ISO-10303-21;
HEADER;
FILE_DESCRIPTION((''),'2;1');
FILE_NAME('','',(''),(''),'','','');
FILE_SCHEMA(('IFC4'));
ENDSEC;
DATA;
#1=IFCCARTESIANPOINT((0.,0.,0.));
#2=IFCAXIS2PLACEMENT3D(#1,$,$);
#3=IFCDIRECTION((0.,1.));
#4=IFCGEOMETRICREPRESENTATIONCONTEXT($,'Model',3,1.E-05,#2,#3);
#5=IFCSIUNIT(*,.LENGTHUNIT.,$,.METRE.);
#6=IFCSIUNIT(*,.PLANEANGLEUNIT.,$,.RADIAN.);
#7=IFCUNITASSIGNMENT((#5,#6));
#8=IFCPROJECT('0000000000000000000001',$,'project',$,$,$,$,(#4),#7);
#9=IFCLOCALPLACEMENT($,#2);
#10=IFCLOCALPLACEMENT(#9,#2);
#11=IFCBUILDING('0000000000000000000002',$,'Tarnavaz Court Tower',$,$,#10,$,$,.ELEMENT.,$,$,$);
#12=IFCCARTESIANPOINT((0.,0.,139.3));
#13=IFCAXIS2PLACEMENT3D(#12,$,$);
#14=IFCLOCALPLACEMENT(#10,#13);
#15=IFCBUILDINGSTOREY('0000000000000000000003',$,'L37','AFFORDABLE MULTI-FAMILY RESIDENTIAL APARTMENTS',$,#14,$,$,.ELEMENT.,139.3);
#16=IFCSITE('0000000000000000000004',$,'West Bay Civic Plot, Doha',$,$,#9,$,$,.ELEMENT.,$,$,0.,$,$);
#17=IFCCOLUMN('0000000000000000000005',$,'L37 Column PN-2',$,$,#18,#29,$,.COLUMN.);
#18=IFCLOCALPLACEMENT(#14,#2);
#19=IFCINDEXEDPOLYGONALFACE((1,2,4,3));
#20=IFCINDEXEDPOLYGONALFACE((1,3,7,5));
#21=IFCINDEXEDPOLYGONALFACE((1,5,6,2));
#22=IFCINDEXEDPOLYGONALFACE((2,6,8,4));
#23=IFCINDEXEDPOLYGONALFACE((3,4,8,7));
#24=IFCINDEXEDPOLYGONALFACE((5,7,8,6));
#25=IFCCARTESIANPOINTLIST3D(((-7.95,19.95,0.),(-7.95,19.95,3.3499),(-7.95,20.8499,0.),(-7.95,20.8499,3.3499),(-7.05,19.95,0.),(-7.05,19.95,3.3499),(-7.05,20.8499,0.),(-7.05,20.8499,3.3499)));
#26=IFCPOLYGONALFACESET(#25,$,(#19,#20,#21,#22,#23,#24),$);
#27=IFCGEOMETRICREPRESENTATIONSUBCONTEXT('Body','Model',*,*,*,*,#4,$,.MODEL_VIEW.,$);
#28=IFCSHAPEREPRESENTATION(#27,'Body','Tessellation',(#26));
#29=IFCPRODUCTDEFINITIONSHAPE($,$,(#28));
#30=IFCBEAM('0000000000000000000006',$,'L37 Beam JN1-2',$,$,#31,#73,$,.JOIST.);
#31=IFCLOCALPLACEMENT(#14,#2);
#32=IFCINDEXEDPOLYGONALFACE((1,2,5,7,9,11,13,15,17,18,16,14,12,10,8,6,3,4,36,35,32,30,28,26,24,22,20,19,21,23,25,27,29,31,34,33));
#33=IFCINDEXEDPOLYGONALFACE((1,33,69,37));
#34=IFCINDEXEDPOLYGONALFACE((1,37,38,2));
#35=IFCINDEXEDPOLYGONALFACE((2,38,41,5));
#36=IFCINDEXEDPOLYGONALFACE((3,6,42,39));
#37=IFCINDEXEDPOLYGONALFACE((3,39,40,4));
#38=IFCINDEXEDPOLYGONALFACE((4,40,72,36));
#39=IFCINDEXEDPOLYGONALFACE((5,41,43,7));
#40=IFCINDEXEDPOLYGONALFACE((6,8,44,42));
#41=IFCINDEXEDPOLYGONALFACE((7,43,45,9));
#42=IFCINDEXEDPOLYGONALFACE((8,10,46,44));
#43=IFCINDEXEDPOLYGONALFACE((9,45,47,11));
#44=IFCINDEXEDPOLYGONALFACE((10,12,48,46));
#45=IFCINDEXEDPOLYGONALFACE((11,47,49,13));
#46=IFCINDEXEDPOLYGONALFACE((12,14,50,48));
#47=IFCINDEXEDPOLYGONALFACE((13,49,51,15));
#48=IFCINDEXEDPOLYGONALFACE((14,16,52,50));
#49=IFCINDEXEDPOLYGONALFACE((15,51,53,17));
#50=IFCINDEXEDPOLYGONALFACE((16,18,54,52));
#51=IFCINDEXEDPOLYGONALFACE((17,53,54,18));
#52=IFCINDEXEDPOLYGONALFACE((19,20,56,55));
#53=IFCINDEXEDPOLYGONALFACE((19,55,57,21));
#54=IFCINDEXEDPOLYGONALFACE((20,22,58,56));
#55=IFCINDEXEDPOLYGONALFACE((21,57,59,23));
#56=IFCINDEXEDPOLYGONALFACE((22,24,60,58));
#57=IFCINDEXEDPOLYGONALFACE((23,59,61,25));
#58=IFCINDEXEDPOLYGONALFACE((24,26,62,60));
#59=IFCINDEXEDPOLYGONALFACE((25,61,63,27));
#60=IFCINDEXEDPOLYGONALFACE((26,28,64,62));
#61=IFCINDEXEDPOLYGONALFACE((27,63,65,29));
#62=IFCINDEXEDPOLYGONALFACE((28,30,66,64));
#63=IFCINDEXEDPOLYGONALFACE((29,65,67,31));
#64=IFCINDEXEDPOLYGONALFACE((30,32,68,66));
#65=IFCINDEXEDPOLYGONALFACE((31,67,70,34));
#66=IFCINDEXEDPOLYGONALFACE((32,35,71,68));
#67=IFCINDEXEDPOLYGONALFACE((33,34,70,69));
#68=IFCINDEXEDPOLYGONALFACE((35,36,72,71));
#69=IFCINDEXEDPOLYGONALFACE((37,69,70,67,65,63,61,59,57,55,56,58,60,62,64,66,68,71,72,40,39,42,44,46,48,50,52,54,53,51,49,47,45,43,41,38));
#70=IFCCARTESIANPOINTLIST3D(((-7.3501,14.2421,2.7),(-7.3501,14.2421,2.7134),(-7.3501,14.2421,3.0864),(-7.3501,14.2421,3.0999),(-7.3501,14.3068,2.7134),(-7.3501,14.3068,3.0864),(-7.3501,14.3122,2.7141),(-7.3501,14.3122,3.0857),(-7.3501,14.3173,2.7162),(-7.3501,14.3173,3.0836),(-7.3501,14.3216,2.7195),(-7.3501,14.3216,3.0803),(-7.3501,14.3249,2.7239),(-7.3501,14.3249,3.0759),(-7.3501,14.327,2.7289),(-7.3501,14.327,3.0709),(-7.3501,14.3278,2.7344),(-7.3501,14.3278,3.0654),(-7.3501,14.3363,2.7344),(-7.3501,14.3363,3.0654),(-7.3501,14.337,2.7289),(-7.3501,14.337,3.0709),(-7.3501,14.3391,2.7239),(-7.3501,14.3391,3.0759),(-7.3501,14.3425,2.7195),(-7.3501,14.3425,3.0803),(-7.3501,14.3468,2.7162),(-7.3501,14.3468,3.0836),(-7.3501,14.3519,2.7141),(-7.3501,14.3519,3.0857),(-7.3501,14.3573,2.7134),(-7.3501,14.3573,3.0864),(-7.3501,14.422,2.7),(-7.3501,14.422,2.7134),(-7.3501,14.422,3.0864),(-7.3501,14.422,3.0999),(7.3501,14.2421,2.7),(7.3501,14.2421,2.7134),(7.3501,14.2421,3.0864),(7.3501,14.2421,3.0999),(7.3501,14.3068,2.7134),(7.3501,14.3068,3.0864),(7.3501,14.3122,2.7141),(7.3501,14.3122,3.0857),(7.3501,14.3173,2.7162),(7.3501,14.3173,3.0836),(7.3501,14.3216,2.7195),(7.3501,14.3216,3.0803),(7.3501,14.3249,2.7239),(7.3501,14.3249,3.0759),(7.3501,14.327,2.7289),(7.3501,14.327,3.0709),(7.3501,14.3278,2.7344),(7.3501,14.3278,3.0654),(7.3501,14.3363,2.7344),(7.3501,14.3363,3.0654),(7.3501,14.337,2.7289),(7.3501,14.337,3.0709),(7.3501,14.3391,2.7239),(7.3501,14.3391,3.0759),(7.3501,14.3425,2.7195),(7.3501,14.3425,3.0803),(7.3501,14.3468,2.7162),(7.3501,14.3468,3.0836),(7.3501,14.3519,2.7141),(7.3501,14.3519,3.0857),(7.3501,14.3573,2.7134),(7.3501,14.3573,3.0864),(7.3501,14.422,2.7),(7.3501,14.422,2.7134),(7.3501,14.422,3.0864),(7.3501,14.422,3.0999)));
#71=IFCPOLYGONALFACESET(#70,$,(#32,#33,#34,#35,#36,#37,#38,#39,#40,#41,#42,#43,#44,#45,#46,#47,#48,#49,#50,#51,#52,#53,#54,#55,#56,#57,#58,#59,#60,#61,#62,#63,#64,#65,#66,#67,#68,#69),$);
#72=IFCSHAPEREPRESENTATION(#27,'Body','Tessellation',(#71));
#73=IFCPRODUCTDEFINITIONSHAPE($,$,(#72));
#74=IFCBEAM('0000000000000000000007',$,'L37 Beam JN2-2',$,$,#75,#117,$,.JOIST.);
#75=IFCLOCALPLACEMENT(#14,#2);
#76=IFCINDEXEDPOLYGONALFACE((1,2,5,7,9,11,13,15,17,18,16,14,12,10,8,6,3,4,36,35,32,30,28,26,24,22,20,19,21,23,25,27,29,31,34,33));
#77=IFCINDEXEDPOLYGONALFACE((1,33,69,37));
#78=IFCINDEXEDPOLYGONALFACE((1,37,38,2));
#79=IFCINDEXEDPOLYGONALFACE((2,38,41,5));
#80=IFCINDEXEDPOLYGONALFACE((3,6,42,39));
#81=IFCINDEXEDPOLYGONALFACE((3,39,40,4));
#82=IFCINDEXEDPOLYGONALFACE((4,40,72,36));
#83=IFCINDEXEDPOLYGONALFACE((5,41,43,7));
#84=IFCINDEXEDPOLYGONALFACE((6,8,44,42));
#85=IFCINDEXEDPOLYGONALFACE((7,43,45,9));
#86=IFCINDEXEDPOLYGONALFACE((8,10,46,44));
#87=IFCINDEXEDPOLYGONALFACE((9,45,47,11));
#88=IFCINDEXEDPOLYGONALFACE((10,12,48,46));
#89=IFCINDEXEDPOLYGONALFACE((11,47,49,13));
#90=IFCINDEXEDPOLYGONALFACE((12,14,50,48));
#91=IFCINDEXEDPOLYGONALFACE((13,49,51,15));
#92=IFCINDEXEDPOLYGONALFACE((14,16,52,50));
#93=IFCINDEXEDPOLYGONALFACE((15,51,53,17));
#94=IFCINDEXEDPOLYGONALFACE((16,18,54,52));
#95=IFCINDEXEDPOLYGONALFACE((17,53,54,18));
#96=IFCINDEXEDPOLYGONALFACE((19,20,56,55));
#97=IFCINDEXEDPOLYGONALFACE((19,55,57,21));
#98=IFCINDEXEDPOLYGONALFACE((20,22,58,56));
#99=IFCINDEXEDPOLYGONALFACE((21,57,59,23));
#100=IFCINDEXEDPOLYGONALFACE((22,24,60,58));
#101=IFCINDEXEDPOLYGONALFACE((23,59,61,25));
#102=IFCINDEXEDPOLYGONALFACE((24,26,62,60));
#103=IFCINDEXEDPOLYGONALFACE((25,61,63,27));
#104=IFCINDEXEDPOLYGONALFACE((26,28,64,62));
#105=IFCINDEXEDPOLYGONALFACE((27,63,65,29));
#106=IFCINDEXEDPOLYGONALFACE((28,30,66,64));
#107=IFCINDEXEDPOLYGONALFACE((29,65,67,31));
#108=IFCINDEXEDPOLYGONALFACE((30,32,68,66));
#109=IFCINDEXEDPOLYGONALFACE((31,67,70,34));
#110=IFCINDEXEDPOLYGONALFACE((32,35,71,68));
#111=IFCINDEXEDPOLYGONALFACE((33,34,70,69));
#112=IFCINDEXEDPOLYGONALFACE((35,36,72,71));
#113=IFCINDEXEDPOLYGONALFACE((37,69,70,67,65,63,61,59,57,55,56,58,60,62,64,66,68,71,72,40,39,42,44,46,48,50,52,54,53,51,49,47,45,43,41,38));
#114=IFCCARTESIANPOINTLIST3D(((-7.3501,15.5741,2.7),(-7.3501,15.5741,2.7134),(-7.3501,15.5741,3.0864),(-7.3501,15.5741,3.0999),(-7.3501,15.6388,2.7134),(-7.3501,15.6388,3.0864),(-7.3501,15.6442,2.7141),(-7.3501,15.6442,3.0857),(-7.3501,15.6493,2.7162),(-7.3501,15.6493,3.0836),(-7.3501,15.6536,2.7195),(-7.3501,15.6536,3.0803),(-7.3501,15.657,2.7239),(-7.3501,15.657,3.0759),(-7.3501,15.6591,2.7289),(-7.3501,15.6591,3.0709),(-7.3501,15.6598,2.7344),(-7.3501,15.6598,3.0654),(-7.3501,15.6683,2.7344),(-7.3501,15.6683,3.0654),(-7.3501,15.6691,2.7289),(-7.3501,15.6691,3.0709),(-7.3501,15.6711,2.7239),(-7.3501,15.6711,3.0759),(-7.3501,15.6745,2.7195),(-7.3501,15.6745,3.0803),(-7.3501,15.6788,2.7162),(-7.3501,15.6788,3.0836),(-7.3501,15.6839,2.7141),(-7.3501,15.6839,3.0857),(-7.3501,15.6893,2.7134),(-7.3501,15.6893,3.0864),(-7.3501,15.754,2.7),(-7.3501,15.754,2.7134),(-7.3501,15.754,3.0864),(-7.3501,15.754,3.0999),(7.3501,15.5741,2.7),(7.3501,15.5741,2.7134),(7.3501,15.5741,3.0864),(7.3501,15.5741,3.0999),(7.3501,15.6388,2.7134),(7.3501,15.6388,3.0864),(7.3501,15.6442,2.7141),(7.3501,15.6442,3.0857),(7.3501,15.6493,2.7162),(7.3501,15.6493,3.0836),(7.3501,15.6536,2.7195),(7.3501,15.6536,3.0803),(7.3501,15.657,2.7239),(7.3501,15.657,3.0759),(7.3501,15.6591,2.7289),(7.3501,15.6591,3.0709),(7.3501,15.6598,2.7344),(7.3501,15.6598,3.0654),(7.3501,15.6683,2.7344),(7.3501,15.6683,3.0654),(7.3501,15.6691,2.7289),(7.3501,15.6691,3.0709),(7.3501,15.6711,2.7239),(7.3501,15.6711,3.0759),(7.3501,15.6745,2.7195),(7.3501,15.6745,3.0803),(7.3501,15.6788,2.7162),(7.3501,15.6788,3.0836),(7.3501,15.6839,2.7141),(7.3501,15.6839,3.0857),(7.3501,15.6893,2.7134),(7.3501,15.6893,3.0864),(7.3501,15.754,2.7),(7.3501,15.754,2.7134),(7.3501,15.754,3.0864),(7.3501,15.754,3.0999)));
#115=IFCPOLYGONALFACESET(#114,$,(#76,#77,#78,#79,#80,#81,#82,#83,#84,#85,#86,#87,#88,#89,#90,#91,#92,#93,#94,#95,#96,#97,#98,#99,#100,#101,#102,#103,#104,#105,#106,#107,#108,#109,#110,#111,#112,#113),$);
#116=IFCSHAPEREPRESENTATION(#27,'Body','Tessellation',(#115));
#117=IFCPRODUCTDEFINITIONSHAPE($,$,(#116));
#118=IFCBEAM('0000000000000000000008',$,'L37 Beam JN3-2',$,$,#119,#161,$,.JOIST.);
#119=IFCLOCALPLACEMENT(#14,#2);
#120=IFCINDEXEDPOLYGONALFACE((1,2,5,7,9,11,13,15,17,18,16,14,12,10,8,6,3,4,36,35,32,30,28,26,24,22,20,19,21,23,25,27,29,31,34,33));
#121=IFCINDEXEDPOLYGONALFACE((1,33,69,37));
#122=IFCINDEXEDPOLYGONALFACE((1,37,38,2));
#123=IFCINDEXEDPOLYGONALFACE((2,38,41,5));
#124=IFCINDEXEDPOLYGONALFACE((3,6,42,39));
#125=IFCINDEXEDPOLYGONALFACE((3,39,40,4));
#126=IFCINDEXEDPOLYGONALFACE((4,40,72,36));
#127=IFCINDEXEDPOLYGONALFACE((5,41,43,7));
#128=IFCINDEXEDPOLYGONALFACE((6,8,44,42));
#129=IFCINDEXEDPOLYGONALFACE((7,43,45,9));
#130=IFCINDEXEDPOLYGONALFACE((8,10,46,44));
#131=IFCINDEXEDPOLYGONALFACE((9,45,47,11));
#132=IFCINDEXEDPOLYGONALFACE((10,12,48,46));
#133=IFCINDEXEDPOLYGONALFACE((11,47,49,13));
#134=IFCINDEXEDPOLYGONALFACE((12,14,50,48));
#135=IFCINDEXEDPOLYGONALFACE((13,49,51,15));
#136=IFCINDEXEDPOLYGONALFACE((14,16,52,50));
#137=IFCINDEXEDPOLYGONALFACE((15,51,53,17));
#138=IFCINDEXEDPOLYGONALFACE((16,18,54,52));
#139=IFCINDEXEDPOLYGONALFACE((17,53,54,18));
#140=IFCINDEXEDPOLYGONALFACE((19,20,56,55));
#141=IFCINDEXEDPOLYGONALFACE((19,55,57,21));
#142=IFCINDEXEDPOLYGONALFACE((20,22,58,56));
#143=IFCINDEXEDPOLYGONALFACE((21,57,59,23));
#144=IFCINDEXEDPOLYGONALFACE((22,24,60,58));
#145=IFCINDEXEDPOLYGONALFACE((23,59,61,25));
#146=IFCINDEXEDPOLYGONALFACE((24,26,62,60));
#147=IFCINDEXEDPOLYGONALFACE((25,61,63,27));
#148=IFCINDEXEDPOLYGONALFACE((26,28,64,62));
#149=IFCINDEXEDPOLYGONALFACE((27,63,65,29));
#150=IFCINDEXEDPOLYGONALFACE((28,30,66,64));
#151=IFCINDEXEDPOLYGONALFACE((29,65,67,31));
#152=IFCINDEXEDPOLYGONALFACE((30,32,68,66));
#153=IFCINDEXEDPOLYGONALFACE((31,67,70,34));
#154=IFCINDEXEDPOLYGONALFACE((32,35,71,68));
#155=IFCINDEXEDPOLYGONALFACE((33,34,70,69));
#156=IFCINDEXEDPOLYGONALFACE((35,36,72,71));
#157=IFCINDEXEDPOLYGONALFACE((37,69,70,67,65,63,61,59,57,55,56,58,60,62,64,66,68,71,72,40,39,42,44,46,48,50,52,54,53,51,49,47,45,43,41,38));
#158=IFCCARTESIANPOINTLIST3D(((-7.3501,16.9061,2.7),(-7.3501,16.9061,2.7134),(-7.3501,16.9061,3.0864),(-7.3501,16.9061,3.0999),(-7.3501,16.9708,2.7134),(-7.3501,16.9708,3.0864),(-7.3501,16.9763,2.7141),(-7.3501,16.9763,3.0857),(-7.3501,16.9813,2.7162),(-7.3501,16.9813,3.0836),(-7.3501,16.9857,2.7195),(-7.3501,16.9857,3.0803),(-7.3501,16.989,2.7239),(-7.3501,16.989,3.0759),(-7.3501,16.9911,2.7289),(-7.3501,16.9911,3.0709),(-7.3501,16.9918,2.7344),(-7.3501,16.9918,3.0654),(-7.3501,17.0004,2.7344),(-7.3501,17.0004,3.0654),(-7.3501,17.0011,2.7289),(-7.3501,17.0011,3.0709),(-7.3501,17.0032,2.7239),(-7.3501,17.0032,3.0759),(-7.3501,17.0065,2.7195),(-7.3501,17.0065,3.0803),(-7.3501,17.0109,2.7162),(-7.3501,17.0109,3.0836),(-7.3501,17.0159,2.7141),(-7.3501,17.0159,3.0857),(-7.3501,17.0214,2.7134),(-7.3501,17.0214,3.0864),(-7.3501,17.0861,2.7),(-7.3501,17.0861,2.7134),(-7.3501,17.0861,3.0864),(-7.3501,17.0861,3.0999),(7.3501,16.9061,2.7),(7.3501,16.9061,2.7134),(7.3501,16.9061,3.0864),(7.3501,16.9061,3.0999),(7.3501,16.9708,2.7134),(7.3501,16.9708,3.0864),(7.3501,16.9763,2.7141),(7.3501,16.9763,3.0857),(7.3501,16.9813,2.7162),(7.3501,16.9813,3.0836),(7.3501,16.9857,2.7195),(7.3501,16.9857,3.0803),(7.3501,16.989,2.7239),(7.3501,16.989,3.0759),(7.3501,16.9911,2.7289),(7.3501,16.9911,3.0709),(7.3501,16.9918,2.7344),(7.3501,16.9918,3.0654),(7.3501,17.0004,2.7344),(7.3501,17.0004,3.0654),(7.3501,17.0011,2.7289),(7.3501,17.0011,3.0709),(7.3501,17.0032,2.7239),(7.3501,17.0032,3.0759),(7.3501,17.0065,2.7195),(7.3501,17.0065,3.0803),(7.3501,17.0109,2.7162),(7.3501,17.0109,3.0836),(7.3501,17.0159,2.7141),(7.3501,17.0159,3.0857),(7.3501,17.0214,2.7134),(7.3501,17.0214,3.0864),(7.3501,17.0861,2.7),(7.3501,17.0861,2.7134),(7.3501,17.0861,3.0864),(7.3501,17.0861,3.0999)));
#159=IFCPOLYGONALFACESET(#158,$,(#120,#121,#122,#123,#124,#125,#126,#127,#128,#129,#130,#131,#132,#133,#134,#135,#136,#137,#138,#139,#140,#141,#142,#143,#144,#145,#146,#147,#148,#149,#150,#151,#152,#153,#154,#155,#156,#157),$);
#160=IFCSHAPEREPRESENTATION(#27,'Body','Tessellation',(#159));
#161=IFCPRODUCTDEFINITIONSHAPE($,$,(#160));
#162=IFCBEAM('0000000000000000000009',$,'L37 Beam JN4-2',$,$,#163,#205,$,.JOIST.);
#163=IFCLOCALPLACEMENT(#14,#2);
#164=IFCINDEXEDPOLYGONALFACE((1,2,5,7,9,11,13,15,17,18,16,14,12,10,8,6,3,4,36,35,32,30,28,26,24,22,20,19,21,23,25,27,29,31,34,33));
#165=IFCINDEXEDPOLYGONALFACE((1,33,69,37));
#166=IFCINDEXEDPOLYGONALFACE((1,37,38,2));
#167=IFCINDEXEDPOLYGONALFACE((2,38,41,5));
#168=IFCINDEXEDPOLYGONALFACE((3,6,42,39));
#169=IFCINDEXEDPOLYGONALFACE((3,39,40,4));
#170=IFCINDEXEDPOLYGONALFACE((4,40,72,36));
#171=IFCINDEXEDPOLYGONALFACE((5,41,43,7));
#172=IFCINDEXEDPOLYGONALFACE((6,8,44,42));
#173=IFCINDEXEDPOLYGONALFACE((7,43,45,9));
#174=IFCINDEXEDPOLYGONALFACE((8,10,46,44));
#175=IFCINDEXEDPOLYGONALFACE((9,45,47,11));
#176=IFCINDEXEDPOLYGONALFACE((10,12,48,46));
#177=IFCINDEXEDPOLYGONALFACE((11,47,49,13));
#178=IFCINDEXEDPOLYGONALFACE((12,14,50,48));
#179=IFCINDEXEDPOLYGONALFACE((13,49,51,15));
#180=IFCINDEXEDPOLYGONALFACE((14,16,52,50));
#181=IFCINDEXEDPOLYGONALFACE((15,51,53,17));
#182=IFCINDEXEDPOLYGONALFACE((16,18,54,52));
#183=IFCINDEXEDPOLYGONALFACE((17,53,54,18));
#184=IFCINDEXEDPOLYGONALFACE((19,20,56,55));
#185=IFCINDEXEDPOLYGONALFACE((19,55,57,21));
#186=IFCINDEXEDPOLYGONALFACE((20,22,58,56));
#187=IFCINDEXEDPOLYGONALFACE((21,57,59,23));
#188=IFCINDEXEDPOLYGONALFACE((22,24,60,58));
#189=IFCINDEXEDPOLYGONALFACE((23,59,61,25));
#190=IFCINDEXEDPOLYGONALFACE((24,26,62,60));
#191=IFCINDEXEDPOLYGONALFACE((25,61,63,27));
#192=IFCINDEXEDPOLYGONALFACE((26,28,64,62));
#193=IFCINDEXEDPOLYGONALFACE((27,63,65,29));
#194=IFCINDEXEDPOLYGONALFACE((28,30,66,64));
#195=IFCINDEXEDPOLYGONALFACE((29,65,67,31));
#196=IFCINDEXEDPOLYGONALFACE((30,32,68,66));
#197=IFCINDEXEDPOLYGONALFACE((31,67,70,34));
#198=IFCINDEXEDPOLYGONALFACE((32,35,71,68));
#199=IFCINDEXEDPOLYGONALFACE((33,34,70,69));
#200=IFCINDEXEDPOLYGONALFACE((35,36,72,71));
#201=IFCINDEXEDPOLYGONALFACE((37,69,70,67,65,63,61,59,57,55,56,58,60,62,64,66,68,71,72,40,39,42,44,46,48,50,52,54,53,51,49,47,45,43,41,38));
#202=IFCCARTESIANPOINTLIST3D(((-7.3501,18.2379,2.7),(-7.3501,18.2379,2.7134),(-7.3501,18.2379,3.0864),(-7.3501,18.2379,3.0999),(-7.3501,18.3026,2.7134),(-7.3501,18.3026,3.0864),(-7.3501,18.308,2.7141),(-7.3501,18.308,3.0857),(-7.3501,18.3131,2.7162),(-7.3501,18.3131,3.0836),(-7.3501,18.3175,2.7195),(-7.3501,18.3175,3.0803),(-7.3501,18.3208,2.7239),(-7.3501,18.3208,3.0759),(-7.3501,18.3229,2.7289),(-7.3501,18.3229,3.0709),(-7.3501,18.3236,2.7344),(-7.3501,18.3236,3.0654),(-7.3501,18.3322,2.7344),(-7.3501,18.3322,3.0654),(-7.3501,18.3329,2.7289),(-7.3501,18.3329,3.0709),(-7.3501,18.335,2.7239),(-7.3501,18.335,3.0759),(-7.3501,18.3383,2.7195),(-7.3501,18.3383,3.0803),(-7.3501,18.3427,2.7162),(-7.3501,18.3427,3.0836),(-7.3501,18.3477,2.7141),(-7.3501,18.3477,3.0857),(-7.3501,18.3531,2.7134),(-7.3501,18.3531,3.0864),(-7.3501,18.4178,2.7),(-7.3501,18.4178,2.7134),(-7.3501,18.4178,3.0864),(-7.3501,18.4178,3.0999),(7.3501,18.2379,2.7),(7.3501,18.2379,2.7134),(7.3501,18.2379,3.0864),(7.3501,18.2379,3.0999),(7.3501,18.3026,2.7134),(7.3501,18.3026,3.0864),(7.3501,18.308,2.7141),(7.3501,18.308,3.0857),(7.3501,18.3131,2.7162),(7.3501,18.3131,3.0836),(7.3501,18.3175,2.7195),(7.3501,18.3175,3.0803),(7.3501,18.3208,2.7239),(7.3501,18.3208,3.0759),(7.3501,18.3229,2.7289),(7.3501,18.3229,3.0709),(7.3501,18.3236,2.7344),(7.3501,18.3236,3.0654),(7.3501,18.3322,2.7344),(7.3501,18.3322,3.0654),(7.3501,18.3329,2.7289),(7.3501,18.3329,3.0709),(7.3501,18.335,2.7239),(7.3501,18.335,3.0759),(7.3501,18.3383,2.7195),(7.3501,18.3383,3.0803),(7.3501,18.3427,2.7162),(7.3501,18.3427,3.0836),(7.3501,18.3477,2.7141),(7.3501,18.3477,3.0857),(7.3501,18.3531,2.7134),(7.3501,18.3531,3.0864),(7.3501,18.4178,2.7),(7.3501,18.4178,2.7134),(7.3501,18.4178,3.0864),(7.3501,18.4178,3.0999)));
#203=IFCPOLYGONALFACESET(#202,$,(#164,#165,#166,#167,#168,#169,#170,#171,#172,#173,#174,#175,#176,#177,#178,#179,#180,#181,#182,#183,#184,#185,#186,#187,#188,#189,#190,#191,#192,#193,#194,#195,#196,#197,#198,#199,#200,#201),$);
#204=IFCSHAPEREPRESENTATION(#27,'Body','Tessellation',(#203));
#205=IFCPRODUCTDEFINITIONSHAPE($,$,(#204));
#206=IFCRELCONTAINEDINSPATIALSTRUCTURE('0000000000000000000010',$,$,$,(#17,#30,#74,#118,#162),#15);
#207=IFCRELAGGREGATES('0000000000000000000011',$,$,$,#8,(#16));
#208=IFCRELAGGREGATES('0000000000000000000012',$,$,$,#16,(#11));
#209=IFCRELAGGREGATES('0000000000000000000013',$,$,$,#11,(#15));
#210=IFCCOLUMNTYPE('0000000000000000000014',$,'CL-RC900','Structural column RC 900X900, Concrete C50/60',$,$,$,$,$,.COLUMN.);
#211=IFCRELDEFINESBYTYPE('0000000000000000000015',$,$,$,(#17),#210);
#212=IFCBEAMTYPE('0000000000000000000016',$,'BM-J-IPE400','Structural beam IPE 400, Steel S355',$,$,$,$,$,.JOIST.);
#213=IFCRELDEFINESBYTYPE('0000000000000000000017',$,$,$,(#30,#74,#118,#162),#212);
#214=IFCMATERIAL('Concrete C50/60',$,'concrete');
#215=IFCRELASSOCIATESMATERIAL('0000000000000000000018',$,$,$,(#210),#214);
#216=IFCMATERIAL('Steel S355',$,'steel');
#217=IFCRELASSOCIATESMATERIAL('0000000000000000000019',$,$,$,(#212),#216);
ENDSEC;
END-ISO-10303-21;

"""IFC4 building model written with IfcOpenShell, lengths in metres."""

from ifc_helpers import new_model, si_unit, direction, frame, origin, origin_2d, place, context, subcontext, project, spatial, rectangle, i_section, extrude, material, material_profile, profile_set, type_object, element, save


model = new_model("IFC4")

# Units and contexts
model_context = context("Model", 3, precision=1e-05, world=origin(), true_north=direction((0.0, 1.0)))
body_context = subcontext(model_context, "Body", "Model", "MODEL_VIEW")
ifc_project = project(units=[si_unit("LENGTHUNIT", "METRE"), si_unit("PLANEANGLEUNIT", "RADIAN")], contexts=[model_context])

# Site, building, storey
site_placement = place(None, origin())
site = spatial("IfcSite", under=ifc_project, at=site_placement, Name="West Bay Civic Plot, Doha", CompositionType="ELEMENT", RefElevation=0.0)
building_placement = place(site_placement, origin())
building = spatial("IfcBuilding", under=site, at=building_placement, Name="Tarnavaz Court Tower", CompositionType="ELEMENT")
storey_placement = place(building_placement, frame((0.0, 0.0, 139.3)))
storey = spatial("IfcBuildingStorey", under=building, at=storey_placement, Name="L37", Description="AFFORDABLE MULTI-FAMILY RESIDENTIAL APARTMENTS", CompositionType="ELEMENT", Elevation=139.3)

# Column
ifc_material_1 = material(Name="Concrete C50/60", Category="concrete")
ifc_material_profile_1 = material_profile(ifc_material_1, rectangle(XDim=0.8999, YDim=0.8999, at=origin_2d()), Name="RC 900X900")
ifc_profile_set_1 = profile_set([ifc_material_profile_1], Name="Concrete C50/60")
column_type = type_object("IfcColumnType", Name="CL-RC900", Description="Structural column RC 900X900, Concrete C50/60", PredefinedType="COLUMN", material=ifc_profile_set_1)
column_placement = place(storey_placement, frame((-7.5, 20.3999, 0.0), z_axis=(0.0, 0.0, 1.0), x_axis=(1.0, 0.0, 0.0)))
element("IfcColumn", 1, at=column_placement, inside=storey, type_object=column_type, Name="L37 Column PN-2", PredefinedType="COLUMN", context=body_context, shape_type="SweptSolid", body=[
    extrude(rectangle(XDim=0.8999, YDim=0.8999, at=origin_2d()), origin(), (0.0, 0.0, 1.0), 3.3499),
])

# Beams
ifc_material_2 = material(Name="Steel S355", Category="steel")
ifc_material_profile_2 = material_profile(ifc_material_2, i_section(OverallWidth=0.1799, OverallDepth=0.3999, WebThickness=0.0085, FlangeThickness=0.0134, FilletRadius=0.021, at=origin_2d()), Name="IPE 400")
ifc_profile_set_2 = profile_set([ifc_material_profile_2], Name="Steel S355")
beam_type_1 = type_object("IfcBeamType", Name="BM-J-IPE400", Description="Structural beam IPE 400, Steel S355", PredefinedType="JOIST", material=ifc_profile_set_2)
for number, where, z_axis, x_axis, name in (
    (2, (-7.3501, 14.332, 2.8999), (1.0, 0.0, 0.0), (0.0, 1.0, 0.0), "L37 Beam JN1-2"),
    (3, (-7.3501, 15.6641, 2.8999), (1.0, 0.0, 0.0), (0.0, 1.0, 0.0), "L37 Beam JN2-2"),
    (4, (-7.3501, 16.9961, 2.8999), (1.0, 0.0, 0.0), (0.0, 1.0, 0.0), "L37 Beam JN3-2"),
    (5, (-7.3501, 18.3279, 2.8999), (1.0, 0.0, 0.0), (0.0, 1.0, 0.0), "L37 Beam JN4-2"),
):
    element("IfcBeam", number, at=place(storey_placement, frame(where, z_axis=z_axis, x_axis=x_axis)), inside=storey, type_object=beam_type_1, Name=name, PredefinedType="JOIST", context=body_context, shape_type="SweptSolid", body=[
        extrude(i_section(OverallWidth=0.1799, OverallDepth=0.3999, WebThickness=0.0085, FlangeThickness=0.0134, FilletRadius=0.021, at=origin_2d()), origin(), (0.0, 0.0, 1.0), 14.7002),
    ])

save(model, "model.ifc")
